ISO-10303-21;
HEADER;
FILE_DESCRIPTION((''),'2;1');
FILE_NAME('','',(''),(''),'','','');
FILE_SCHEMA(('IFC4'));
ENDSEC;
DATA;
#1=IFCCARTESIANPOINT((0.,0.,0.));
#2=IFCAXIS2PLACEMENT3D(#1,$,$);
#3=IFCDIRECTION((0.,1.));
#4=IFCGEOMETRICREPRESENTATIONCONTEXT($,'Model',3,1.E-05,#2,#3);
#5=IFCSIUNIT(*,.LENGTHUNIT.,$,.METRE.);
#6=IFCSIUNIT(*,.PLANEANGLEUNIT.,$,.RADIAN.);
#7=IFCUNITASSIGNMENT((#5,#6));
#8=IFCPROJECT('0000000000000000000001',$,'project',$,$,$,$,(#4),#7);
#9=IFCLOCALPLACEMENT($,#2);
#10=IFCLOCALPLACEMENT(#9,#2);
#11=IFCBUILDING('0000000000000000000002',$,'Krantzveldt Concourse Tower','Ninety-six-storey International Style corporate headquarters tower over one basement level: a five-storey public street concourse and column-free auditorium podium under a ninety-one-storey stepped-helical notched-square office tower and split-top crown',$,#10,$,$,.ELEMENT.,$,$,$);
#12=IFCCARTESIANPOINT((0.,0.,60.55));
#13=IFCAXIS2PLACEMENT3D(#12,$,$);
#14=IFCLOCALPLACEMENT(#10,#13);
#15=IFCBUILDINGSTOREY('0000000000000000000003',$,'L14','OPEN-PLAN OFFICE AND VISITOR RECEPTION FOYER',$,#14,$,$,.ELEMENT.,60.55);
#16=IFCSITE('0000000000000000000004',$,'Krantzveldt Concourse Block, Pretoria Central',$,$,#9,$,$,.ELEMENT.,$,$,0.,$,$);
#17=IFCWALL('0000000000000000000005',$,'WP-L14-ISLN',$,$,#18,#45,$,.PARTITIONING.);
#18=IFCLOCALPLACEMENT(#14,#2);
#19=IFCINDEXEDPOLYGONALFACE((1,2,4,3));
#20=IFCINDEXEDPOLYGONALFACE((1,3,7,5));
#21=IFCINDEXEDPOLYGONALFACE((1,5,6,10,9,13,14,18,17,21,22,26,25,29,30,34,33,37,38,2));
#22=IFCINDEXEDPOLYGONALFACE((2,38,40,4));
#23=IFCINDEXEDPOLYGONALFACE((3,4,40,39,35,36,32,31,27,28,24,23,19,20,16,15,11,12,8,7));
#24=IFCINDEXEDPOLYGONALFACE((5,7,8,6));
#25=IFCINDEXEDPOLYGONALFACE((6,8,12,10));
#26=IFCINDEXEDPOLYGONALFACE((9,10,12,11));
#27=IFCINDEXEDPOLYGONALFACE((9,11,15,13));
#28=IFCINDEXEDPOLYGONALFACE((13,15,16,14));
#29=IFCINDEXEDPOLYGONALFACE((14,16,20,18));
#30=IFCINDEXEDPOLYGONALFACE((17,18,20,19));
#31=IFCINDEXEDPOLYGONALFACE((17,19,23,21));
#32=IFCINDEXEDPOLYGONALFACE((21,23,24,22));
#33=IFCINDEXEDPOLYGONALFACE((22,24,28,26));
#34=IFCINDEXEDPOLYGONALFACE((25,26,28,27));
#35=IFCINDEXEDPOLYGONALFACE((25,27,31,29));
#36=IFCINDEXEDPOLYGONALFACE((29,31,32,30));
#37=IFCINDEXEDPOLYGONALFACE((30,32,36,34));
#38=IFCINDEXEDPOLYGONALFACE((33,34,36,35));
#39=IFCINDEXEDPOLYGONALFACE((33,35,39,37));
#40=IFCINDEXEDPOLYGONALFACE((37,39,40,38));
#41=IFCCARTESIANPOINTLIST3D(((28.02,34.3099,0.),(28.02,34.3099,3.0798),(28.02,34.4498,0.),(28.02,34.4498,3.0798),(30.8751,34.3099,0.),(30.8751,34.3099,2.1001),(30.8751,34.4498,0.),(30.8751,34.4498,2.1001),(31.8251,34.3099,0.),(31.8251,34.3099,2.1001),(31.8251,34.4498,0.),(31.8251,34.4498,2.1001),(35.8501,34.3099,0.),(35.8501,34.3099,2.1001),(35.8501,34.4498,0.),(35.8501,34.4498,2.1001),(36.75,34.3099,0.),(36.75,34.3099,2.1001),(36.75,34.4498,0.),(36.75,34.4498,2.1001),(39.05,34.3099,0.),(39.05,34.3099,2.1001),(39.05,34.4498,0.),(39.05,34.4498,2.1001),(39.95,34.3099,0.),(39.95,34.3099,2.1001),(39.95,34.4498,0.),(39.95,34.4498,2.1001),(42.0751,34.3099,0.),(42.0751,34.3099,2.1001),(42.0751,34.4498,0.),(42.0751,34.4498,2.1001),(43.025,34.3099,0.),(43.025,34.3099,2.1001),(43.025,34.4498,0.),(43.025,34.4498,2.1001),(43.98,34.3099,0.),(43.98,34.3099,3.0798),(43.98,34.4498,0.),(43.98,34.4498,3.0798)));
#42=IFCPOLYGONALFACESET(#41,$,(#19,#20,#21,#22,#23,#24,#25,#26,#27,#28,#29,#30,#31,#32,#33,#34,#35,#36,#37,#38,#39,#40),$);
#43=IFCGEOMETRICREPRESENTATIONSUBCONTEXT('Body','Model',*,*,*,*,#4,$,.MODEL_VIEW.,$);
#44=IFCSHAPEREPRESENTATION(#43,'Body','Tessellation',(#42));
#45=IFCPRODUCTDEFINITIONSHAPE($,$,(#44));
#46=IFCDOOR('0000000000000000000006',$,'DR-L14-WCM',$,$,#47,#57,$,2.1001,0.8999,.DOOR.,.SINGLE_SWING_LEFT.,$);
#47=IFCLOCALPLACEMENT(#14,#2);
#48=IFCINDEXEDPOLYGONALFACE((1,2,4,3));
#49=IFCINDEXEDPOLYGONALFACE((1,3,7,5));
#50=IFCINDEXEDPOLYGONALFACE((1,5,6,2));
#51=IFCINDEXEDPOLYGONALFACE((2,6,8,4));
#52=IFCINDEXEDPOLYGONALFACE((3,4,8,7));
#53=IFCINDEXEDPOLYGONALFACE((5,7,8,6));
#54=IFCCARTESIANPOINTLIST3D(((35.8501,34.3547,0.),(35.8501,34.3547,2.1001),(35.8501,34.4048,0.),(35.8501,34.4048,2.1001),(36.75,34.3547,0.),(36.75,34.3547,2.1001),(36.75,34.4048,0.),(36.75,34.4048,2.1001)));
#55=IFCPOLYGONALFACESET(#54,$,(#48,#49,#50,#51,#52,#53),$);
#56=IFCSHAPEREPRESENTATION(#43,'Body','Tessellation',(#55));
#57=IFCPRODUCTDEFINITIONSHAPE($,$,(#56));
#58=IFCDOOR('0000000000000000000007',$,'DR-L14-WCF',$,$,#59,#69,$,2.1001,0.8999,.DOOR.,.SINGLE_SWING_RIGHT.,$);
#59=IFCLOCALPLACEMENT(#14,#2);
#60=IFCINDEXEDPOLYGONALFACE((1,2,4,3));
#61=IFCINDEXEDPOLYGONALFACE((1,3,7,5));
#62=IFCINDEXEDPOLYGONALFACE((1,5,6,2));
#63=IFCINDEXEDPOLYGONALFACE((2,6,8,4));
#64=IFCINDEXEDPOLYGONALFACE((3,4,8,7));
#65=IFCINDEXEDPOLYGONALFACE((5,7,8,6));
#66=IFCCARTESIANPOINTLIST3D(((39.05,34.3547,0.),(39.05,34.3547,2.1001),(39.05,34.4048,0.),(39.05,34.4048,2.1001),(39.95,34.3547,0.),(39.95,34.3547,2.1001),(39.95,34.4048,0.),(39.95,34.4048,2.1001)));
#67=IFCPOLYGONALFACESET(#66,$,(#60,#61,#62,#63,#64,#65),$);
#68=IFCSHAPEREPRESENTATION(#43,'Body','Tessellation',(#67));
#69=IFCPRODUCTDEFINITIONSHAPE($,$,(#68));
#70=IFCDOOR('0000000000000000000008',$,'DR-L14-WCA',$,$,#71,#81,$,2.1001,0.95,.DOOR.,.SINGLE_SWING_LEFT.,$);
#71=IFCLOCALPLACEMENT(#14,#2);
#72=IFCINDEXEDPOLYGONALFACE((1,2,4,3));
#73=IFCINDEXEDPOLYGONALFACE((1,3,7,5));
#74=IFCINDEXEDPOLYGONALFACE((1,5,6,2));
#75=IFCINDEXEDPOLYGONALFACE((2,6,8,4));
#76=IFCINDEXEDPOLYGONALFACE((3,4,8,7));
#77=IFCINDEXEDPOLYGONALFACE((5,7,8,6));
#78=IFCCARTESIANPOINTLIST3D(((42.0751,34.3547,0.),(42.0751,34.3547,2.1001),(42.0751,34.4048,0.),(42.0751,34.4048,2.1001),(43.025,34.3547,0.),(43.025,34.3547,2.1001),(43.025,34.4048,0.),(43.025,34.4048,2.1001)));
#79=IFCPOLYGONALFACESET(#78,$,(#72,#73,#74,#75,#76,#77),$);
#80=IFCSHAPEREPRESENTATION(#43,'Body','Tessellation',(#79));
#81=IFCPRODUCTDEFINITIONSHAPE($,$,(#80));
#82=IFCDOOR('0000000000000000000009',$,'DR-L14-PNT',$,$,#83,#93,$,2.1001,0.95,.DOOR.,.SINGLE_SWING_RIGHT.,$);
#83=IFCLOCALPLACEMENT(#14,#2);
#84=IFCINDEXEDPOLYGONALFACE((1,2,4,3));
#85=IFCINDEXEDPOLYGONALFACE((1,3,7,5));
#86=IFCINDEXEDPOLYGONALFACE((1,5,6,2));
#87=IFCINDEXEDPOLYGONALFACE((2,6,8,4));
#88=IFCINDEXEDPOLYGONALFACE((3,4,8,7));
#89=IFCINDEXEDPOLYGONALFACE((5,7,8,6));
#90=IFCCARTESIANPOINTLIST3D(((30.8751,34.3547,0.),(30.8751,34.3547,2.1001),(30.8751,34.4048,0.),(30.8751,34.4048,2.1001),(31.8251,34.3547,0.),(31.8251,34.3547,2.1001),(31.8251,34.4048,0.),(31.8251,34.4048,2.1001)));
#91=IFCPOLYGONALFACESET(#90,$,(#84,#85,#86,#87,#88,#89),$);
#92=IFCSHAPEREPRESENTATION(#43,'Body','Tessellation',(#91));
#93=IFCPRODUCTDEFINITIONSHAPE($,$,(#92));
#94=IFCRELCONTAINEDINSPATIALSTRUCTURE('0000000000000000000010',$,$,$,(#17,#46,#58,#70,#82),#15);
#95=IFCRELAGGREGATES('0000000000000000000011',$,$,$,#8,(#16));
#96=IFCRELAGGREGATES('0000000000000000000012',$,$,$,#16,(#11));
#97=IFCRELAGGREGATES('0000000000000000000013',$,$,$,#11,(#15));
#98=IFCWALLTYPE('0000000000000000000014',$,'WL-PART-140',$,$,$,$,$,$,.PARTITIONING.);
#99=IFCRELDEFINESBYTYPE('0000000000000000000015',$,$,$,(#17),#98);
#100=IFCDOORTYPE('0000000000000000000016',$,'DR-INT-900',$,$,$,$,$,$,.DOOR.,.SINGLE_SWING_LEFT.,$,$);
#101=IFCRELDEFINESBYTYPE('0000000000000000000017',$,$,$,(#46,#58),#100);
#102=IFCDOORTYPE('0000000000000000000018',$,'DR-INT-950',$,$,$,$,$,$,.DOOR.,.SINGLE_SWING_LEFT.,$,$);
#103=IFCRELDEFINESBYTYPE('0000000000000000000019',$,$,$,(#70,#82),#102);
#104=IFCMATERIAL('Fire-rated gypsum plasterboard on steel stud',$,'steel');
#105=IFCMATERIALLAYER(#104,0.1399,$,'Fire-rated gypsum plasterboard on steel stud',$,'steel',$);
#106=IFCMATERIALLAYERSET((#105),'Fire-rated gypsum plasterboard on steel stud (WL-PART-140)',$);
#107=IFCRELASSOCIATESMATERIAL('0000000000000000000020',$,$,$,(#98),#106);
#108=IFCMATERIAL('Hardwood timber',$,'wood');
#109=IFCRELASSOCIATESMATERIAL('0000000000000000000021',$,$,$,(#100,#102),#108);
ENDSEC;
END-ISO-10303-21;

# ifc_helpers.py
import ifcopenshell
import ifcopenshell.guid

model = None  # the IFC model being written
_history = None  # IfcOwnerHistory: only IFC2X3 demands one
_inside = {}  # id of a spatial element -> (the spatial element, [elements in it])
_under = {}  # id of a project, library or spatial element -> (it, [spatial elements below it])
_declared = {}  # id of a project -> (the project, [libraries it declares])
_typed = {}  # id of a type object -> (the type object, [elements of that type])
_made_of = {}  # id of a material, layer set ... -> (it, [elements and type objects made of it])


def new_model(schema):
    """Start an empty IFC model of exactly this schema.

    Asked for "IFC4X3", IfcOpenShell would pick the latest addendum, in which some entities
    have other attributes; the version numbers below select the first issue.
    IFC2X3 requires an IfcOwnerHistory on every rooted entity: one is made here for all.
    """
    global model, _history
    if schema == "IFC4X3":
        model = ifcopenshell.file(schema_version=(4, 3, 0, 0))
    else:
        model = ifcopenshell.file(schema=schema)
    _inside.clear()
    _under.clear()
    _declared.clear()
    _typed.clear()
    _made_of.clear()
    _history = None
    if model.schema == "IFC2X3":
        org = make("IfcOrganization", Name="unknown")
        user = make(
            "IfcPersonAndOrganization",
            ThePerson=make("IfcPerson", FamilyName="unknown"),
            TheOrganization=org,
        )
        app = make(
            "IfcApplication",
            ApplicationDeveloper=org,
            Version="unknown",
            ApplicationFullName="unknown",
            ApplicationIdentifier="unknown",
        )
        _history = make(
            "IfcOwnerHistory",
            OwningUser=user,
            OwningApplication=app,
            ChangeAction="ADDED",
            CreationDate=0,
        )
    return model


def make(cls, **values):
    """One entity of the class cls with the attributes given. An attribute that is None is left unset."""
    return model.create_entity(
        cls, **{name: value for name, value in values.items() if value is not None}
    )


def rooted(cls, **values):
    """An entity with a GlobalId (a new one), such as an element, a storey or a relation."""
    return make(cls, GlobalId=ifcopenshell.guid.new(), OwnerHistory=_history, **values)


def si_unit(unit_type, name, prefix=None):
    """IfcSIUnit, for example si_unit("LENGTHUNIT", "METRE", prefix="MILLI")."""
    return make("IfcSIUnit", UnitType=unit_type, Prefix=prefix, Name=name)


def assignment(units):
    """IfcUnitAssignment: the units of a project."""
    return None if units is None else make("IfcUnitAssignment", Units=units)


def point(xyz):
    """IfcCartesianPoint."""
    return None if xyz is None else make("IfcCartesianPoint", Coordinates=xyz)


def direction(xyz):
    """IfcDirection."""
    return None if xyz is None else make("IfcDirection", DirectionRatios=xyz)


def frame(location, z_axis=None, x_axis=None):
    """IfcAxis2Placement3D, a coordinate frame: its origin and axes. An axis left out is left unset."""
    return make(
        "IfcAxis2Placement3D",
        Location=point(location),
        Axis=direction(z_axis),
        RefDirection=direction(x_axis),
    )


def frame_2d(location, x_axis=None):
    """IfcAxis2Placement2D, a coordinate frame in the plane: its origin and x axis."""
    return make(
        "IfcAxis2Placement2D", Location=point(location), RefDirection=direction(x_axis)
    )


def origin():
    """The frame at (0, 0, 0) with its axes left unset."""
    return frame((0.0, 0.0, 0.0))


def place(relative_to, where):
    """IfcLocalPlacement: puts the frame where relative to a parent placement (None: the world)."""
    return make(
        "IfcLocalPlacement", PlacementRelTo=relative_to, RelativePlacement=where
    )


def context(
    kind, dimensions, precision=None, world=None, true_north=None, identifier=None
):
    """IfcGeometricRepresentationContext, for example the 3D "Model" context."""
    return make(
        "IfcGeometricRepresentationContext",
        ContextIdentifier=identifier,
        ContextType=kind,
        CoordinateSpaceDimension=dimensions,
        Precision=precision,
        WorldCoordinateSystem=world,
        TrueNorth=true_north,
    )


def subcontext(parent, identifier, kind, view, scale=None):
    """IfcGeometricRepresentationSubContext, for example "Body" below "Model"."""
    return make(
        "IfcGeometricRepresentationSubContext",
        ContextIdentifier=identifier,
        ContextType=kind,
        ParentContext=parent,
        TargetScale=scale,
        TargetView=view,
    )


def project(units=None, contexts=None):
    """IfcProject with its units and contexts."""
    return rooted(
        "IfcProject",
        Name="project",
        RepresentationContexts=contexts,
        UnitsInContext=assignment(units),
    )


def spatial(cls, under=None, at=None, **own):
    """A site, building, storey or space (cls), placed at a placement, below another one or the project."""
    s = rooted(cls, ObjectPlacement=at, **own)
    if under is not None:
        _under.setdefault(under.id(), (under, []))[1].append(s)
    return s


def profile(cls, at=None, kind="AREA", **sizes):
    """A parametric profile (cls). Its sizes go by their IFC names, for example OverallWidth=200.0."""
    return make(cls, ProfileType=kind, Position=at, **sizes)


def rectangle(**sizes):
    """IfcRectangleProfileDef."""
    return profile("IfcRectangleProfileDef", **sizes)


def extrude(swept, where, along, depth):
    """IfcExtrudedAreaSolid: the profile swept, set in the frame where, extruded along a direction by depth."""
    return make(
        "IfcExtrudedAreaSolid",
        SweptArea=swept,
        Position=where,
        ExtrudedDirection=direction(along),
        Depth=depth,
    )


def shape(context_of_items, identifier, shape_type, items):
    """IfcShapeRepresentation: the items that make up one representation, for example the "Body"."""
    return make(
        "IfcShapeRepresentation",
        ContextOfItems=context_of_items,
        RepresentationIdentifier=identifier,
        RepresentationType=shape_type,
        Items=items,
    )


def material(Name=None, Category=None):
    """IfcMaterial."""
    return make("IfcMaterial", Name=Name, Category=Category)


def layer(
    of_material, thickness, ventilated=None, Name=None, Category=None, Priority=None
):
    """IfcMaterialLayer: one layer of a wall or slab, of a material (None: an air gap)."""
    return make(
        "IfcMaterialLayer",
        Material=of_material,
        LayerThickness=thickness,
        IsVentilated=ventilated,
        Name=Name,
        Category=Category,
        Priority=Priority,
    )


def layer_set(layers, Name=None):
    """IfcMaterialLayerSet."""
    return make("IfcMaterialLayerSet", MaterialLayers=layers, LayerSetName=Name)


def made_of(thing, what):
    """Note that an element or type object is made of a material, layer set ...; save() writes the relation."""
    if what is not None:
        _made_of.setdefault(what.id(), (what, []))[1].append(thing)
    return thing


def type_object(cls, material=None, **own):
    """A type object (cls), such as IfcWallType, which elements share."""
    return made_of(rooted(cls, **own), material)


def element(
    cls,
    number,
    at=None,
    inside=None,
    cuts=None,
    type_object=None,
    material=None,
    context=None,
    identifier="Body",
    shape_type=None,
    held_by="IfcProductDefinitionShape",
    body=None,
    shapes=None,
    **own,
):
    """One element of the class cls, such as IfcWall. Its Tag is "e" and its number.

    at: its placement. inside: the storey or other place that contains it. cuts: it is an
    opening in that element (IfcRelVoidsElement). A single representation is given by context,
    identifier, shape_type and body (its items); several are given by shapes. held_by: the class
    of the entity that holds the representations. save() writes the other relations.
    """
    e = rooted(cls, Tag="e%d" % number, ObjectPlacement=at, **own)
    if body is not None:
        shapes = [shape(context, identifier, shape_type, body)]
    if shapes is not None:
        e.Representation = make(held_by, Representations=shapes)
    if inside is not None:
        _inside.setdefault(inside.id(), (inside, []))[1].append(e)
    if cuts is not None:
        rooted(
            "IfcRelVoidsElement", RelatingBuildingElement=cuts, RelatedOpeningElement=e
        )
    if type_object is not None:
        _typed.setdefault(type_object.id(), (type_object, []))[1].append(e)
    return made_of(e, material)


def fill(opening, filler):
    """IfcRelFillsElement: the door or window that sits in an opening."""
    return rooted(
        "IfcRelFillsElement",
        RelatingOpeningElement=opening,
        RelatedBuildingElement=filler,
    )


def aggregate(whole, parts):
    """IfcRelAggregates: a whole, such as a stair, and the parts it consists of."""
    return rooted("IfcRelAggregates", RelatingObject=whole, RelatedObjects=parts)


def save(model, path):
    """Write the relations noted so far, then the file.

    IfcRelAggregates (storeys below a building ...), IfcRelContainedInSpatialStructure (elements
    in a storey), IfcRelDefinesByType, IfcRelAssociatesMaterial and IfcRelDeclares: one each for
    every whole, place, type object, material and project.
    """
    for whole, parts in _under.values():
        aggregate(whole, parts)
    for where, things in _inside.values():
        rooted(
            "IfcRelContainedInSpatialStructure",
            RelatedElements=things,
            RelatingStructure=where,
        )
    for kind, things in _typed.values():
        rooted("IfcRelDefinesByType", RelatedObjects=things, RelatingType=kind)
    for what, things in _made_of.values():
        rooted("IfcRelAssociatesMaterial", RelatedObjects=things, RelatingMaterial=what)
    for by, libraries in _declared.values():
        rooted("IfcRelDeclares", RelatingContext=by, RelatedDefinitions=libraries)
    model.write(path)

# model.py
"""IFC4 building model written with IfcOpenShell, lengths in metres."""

from ifc_helpers import new_model, si_unit, direction, frame, frame_2d, origin, place, context, subcontext, project, spatial, rectangle, extrude, material, layer, layer_set, type_object, element, fill, save


model = new_model("IFC4")

# Units and contexts
model_context = context("Model", 3, precision=1e-05, world=origin(), true_north=direction((0.0, 1.0)))
body_context = subcontext(model_context, "Body", "Model", "MODEL_VIEW")
ifc_project = project(units=[si_unit("LENGTHUNIT", "METRE"), si_unit("PLANEANGLEUNIT", "RADIAN")], contexts=[model_context])

# Site, building, storey
site_placement = place(None, origin())
site = spatial("IfcSite", under=ifc_project, at=site_placement, Name="Krantzveldt Concourse Block, Pretoria Central", CompositionType="ELEMENT", RefElevation=0.0)
building_placement = place(site_placement, origin())
building = spatial("IfcBuilding", under=site, at=building_placement, Name="Krantzveldt Concourse Tower", Description="Ninety-six-storey International Style corporate headquarters tower over one basement level: a five-storey public street concourse and column-free auditorium podium under a ninety-one-storey stepped-helical notched-square office tower and split-top crown", CompositionType="ELEMENT")
storey_placement = place(building_placement, frame((0.0, 0.0, 60.55)))
storey = spatial("IfcBuildingStorey", under=building, at=storey_placement, Name="L14", Description="OPEN-PLAN OFFICE AND VISITOR RECEPTION FOYER", CompositionType="ELEMENT", Elevation=60.55)

# Shared definitions
ifc_material_1 = material(Name="Fire-rated gypsum plasterboard on steel stud", Category="steel")

# Wall, openings, doors
ifc_layer_1 = layer(ifc_material_1, 0.1399, Name="Fire-rated gypsum plasterboard on steel stud", Category="steel")
ifc_layer_set_1 = layer_set([ifc_layer_1], Name="Fire-rated gypsum plasterboard on steel stud (WL-PART-140)")
wall_type_1 = type_object("IfcWallType", Name="WL-PART-140", PredefinedType="PARTITIONING", material=ifc_layer_set_1)
wall_1_placement = place(storey_placement, frame((28.02, 34.3799, 0.0), z_axis=(0.0, 0.0, 1.0), x_axis=(1.0, 0.0, 0.0)))
wall_1 = element("IfcWall", 1, at=wall_1_placement, inside=storey, type_object=wall_type_1, Name="WP-L14-ISLN", PredefinedType="PARTITIONING", context=body_context, shape_type="SweptSolid", body=[
    extrude(rectangle(XDim=15.96, YDim=0.1399, at=frame_2d((7.98, 0.0))), origin(), (0.0, 0.0, 1.0), 3.0798),
])
opening_1_placement = place(wall_1_placement, frame((7.8301, 0.0, 0.0)))
opening_1 = element("IfcOpeningElement", 2, at=opening_1_placement, cuts=wall_1, PredefinedType="OPENING", context=body_context, shape_type="SweptSolid", body=[
    extrude(rectangle(XDim=0.8999, YDim=2.1001, at=frame_2d((0.45, 1.05))), frame((0.0, 0.0801, 0.0), z_axis=(0.0, -1.0, 0.0), x_axis=(1.0, 0.0, 0.0)), (0.0, 0.0, 1.0), 0.1599),
])
opening_2_placement = place(wall_1_placement, frame((11.03, 0.0, 0.0)))
opening_2 = element("IfcOpeningElement", 3, at=opening_2_placement, cuts=wall_1, PredefinedType="OPENING", context=body_context, shape_type="SweptSolid", body=[
    extrude(rectangle(XDim=0.8999, YDim=2.1001, at=frame_2d((0.45, 1.05))), frame((0.0, 0.0801, 0.0), z_axis=(0.0, -1.0, 0.0), x_axis=(1.0, 0.0, 0.0)), (0.0, 0.0, 1.0), 0.1599),
])
opening_3_placement = place(wall_1_placement, frame((14.0549, 0.0, 0.0)))
opening_3 = element("IfcOpeningElement", 4, at=opening_3_placement, cuts=wall_1, PredefinedType="OPENING", context=body_context, shape_type="SweptSolid", body=[
    extrude(rectangle(XDim=0.95, YDim=2.1001, at=frame_2d((0.4751, 1.05))), frame((0.0, 0.0801, 0.0), z_axis=(0.0, -1.0, 0.0), x_axis=(1.0, 0.0, 0.0)), (0.0, 0.0, 1.0), 0.1599),
])
opening_4_placement = place(wall_1_placement, frame((2.855, 0.0, 0.0)))
opening_4 = element("IfcOpeningElement", 5, at=opening_4_placement, cuts=wall_1, PredefinedType="OPENING", context=body_context, shape_type="SweptSolid", body=[
    extrude(rectangle(XDim=0.95, YDim=2.1001, at=frame_2d((0.4751, 1.05))), frame((0.0, 0.0801, 0.0), z_axis=(0.0, -1.0, 0.0), x_axis=(1.0, 0.0, 0.0)), (0.0, 0.0, 1.0), 0.1599),
])
ifc_material_2 = material(Name="Hardwood timber", Category="wood")
door_type_1 = type_object("IfcDoorType", Name="DR-INT-900", OperationType="SINGLE_SWING_LEFT", PredefinedType="DOOR", material=ifc_material_2)
door_1_placement = place(opening_1_placement, origin())
door_1 = element("IfcDoor", 6, at=door_1_placement, inside=storey, type_object=door_type_1, Name="DR-L14-WCM", OperationType="SINGLE_SWING_LEFT", OverallHeight=2.1001, OverallWidth=0.8999, PredefinedType="DOOR", context=body_context, shape_type="SweptSolid", body=[
    extrude(rectangle(XDim=0.8999, YDim=2.1001, at=frame_2d((0.45, 1.05))), frame((0.0, 0.0249, 0.0), z_axis=(0.0, -1.0, 0.0), x_axis=(1.0, 0.0, 0.0)), (0.0, 0.0, 1.0), 0.05),
])
fill(opening_1, door_1)
door_2_placement = place(opening_2_placement, origin())
door_2 = element("IfcDoor", 7, at=door_2_placement, inside=storey, type_object=door_type_1, Name="DR-L14-WCF", OperationType="SINGLE_SWING_RIGHT", OverallHeight=2.1001, OverallWidth=0.8999, PredefinedType="DOOR", context=body_context, shape_type="SweptSolid", body=[
    extrude(rectangle(XDim=0.8999, YDim=2.1001, at=frame_2d((0.45, 1.05))), frame((0.0, 0.0249, 0.0), z_axis=(0.0, -1.0, 0.0), x_axis=(1.0, 0.0, 0.0)), (0.0, 0.0, 1.0), 0.05),
])
fill(opening_2, door_2)
door_type_2 = type_object("IfcDoorType", Name="DR-INT-950", OperationType="SINGLE_SWING_LEFT", PredefinedType="DOOR", material=ifc_material_2)
door_3_placement = place(opening_3_placement, origin())
door_3 = element("IfcDoor", 8, at=door_3_placement, inside=storey, type_object=door_type_2, Name="DR-L14-WCA", OperationType="SINGLE_SWING_LEFT", OverallHeight=2.1001, OverallWidth=0.95, PredefinedType="DOOR", context=body_context, shape_type="SweptSolid", body=[
    extrude(rectangle(XDim=0.95, YDim=2.1001, at=frame_2d((0.4751, 1.05))), frame((0.0, 0.0249, 0.0), z_axis=(0.0, -1.0, 0.0), x_axis=(1.0, 0.0, 0.0)), (0.0, 0.0, 1.0), 0.05),
])
fill(opening_3, door_3)
door_4_placement = place(opening_4_placement, origin())
door_4 = element("IfcDoor", 9, at=door_4_placement, inside=storey, type_object=door_type_2, Name="DR-L14-PNT", OperationType="SINGLE_SWING_RIGHT", OverallHeight=2.1001, OverallWidth=0.95, PredefinedType="DOOR", context=body_context, shape_type="SweptSolid", body=[
    extrude(rectangle(XDim=0.95, YDim=2.1001, at=frame_2d((0.4751, 1.05))), frame((0.0, 0.0249, 0.0), z_axis=(0.0, -1.0, 0.0), x_axis=(1.0, 0.0, 0.0)), (0.0, 0.0, 1.0), 0.05),
])
fill(opening_4, door_4)

save(model, "model.ifc")
